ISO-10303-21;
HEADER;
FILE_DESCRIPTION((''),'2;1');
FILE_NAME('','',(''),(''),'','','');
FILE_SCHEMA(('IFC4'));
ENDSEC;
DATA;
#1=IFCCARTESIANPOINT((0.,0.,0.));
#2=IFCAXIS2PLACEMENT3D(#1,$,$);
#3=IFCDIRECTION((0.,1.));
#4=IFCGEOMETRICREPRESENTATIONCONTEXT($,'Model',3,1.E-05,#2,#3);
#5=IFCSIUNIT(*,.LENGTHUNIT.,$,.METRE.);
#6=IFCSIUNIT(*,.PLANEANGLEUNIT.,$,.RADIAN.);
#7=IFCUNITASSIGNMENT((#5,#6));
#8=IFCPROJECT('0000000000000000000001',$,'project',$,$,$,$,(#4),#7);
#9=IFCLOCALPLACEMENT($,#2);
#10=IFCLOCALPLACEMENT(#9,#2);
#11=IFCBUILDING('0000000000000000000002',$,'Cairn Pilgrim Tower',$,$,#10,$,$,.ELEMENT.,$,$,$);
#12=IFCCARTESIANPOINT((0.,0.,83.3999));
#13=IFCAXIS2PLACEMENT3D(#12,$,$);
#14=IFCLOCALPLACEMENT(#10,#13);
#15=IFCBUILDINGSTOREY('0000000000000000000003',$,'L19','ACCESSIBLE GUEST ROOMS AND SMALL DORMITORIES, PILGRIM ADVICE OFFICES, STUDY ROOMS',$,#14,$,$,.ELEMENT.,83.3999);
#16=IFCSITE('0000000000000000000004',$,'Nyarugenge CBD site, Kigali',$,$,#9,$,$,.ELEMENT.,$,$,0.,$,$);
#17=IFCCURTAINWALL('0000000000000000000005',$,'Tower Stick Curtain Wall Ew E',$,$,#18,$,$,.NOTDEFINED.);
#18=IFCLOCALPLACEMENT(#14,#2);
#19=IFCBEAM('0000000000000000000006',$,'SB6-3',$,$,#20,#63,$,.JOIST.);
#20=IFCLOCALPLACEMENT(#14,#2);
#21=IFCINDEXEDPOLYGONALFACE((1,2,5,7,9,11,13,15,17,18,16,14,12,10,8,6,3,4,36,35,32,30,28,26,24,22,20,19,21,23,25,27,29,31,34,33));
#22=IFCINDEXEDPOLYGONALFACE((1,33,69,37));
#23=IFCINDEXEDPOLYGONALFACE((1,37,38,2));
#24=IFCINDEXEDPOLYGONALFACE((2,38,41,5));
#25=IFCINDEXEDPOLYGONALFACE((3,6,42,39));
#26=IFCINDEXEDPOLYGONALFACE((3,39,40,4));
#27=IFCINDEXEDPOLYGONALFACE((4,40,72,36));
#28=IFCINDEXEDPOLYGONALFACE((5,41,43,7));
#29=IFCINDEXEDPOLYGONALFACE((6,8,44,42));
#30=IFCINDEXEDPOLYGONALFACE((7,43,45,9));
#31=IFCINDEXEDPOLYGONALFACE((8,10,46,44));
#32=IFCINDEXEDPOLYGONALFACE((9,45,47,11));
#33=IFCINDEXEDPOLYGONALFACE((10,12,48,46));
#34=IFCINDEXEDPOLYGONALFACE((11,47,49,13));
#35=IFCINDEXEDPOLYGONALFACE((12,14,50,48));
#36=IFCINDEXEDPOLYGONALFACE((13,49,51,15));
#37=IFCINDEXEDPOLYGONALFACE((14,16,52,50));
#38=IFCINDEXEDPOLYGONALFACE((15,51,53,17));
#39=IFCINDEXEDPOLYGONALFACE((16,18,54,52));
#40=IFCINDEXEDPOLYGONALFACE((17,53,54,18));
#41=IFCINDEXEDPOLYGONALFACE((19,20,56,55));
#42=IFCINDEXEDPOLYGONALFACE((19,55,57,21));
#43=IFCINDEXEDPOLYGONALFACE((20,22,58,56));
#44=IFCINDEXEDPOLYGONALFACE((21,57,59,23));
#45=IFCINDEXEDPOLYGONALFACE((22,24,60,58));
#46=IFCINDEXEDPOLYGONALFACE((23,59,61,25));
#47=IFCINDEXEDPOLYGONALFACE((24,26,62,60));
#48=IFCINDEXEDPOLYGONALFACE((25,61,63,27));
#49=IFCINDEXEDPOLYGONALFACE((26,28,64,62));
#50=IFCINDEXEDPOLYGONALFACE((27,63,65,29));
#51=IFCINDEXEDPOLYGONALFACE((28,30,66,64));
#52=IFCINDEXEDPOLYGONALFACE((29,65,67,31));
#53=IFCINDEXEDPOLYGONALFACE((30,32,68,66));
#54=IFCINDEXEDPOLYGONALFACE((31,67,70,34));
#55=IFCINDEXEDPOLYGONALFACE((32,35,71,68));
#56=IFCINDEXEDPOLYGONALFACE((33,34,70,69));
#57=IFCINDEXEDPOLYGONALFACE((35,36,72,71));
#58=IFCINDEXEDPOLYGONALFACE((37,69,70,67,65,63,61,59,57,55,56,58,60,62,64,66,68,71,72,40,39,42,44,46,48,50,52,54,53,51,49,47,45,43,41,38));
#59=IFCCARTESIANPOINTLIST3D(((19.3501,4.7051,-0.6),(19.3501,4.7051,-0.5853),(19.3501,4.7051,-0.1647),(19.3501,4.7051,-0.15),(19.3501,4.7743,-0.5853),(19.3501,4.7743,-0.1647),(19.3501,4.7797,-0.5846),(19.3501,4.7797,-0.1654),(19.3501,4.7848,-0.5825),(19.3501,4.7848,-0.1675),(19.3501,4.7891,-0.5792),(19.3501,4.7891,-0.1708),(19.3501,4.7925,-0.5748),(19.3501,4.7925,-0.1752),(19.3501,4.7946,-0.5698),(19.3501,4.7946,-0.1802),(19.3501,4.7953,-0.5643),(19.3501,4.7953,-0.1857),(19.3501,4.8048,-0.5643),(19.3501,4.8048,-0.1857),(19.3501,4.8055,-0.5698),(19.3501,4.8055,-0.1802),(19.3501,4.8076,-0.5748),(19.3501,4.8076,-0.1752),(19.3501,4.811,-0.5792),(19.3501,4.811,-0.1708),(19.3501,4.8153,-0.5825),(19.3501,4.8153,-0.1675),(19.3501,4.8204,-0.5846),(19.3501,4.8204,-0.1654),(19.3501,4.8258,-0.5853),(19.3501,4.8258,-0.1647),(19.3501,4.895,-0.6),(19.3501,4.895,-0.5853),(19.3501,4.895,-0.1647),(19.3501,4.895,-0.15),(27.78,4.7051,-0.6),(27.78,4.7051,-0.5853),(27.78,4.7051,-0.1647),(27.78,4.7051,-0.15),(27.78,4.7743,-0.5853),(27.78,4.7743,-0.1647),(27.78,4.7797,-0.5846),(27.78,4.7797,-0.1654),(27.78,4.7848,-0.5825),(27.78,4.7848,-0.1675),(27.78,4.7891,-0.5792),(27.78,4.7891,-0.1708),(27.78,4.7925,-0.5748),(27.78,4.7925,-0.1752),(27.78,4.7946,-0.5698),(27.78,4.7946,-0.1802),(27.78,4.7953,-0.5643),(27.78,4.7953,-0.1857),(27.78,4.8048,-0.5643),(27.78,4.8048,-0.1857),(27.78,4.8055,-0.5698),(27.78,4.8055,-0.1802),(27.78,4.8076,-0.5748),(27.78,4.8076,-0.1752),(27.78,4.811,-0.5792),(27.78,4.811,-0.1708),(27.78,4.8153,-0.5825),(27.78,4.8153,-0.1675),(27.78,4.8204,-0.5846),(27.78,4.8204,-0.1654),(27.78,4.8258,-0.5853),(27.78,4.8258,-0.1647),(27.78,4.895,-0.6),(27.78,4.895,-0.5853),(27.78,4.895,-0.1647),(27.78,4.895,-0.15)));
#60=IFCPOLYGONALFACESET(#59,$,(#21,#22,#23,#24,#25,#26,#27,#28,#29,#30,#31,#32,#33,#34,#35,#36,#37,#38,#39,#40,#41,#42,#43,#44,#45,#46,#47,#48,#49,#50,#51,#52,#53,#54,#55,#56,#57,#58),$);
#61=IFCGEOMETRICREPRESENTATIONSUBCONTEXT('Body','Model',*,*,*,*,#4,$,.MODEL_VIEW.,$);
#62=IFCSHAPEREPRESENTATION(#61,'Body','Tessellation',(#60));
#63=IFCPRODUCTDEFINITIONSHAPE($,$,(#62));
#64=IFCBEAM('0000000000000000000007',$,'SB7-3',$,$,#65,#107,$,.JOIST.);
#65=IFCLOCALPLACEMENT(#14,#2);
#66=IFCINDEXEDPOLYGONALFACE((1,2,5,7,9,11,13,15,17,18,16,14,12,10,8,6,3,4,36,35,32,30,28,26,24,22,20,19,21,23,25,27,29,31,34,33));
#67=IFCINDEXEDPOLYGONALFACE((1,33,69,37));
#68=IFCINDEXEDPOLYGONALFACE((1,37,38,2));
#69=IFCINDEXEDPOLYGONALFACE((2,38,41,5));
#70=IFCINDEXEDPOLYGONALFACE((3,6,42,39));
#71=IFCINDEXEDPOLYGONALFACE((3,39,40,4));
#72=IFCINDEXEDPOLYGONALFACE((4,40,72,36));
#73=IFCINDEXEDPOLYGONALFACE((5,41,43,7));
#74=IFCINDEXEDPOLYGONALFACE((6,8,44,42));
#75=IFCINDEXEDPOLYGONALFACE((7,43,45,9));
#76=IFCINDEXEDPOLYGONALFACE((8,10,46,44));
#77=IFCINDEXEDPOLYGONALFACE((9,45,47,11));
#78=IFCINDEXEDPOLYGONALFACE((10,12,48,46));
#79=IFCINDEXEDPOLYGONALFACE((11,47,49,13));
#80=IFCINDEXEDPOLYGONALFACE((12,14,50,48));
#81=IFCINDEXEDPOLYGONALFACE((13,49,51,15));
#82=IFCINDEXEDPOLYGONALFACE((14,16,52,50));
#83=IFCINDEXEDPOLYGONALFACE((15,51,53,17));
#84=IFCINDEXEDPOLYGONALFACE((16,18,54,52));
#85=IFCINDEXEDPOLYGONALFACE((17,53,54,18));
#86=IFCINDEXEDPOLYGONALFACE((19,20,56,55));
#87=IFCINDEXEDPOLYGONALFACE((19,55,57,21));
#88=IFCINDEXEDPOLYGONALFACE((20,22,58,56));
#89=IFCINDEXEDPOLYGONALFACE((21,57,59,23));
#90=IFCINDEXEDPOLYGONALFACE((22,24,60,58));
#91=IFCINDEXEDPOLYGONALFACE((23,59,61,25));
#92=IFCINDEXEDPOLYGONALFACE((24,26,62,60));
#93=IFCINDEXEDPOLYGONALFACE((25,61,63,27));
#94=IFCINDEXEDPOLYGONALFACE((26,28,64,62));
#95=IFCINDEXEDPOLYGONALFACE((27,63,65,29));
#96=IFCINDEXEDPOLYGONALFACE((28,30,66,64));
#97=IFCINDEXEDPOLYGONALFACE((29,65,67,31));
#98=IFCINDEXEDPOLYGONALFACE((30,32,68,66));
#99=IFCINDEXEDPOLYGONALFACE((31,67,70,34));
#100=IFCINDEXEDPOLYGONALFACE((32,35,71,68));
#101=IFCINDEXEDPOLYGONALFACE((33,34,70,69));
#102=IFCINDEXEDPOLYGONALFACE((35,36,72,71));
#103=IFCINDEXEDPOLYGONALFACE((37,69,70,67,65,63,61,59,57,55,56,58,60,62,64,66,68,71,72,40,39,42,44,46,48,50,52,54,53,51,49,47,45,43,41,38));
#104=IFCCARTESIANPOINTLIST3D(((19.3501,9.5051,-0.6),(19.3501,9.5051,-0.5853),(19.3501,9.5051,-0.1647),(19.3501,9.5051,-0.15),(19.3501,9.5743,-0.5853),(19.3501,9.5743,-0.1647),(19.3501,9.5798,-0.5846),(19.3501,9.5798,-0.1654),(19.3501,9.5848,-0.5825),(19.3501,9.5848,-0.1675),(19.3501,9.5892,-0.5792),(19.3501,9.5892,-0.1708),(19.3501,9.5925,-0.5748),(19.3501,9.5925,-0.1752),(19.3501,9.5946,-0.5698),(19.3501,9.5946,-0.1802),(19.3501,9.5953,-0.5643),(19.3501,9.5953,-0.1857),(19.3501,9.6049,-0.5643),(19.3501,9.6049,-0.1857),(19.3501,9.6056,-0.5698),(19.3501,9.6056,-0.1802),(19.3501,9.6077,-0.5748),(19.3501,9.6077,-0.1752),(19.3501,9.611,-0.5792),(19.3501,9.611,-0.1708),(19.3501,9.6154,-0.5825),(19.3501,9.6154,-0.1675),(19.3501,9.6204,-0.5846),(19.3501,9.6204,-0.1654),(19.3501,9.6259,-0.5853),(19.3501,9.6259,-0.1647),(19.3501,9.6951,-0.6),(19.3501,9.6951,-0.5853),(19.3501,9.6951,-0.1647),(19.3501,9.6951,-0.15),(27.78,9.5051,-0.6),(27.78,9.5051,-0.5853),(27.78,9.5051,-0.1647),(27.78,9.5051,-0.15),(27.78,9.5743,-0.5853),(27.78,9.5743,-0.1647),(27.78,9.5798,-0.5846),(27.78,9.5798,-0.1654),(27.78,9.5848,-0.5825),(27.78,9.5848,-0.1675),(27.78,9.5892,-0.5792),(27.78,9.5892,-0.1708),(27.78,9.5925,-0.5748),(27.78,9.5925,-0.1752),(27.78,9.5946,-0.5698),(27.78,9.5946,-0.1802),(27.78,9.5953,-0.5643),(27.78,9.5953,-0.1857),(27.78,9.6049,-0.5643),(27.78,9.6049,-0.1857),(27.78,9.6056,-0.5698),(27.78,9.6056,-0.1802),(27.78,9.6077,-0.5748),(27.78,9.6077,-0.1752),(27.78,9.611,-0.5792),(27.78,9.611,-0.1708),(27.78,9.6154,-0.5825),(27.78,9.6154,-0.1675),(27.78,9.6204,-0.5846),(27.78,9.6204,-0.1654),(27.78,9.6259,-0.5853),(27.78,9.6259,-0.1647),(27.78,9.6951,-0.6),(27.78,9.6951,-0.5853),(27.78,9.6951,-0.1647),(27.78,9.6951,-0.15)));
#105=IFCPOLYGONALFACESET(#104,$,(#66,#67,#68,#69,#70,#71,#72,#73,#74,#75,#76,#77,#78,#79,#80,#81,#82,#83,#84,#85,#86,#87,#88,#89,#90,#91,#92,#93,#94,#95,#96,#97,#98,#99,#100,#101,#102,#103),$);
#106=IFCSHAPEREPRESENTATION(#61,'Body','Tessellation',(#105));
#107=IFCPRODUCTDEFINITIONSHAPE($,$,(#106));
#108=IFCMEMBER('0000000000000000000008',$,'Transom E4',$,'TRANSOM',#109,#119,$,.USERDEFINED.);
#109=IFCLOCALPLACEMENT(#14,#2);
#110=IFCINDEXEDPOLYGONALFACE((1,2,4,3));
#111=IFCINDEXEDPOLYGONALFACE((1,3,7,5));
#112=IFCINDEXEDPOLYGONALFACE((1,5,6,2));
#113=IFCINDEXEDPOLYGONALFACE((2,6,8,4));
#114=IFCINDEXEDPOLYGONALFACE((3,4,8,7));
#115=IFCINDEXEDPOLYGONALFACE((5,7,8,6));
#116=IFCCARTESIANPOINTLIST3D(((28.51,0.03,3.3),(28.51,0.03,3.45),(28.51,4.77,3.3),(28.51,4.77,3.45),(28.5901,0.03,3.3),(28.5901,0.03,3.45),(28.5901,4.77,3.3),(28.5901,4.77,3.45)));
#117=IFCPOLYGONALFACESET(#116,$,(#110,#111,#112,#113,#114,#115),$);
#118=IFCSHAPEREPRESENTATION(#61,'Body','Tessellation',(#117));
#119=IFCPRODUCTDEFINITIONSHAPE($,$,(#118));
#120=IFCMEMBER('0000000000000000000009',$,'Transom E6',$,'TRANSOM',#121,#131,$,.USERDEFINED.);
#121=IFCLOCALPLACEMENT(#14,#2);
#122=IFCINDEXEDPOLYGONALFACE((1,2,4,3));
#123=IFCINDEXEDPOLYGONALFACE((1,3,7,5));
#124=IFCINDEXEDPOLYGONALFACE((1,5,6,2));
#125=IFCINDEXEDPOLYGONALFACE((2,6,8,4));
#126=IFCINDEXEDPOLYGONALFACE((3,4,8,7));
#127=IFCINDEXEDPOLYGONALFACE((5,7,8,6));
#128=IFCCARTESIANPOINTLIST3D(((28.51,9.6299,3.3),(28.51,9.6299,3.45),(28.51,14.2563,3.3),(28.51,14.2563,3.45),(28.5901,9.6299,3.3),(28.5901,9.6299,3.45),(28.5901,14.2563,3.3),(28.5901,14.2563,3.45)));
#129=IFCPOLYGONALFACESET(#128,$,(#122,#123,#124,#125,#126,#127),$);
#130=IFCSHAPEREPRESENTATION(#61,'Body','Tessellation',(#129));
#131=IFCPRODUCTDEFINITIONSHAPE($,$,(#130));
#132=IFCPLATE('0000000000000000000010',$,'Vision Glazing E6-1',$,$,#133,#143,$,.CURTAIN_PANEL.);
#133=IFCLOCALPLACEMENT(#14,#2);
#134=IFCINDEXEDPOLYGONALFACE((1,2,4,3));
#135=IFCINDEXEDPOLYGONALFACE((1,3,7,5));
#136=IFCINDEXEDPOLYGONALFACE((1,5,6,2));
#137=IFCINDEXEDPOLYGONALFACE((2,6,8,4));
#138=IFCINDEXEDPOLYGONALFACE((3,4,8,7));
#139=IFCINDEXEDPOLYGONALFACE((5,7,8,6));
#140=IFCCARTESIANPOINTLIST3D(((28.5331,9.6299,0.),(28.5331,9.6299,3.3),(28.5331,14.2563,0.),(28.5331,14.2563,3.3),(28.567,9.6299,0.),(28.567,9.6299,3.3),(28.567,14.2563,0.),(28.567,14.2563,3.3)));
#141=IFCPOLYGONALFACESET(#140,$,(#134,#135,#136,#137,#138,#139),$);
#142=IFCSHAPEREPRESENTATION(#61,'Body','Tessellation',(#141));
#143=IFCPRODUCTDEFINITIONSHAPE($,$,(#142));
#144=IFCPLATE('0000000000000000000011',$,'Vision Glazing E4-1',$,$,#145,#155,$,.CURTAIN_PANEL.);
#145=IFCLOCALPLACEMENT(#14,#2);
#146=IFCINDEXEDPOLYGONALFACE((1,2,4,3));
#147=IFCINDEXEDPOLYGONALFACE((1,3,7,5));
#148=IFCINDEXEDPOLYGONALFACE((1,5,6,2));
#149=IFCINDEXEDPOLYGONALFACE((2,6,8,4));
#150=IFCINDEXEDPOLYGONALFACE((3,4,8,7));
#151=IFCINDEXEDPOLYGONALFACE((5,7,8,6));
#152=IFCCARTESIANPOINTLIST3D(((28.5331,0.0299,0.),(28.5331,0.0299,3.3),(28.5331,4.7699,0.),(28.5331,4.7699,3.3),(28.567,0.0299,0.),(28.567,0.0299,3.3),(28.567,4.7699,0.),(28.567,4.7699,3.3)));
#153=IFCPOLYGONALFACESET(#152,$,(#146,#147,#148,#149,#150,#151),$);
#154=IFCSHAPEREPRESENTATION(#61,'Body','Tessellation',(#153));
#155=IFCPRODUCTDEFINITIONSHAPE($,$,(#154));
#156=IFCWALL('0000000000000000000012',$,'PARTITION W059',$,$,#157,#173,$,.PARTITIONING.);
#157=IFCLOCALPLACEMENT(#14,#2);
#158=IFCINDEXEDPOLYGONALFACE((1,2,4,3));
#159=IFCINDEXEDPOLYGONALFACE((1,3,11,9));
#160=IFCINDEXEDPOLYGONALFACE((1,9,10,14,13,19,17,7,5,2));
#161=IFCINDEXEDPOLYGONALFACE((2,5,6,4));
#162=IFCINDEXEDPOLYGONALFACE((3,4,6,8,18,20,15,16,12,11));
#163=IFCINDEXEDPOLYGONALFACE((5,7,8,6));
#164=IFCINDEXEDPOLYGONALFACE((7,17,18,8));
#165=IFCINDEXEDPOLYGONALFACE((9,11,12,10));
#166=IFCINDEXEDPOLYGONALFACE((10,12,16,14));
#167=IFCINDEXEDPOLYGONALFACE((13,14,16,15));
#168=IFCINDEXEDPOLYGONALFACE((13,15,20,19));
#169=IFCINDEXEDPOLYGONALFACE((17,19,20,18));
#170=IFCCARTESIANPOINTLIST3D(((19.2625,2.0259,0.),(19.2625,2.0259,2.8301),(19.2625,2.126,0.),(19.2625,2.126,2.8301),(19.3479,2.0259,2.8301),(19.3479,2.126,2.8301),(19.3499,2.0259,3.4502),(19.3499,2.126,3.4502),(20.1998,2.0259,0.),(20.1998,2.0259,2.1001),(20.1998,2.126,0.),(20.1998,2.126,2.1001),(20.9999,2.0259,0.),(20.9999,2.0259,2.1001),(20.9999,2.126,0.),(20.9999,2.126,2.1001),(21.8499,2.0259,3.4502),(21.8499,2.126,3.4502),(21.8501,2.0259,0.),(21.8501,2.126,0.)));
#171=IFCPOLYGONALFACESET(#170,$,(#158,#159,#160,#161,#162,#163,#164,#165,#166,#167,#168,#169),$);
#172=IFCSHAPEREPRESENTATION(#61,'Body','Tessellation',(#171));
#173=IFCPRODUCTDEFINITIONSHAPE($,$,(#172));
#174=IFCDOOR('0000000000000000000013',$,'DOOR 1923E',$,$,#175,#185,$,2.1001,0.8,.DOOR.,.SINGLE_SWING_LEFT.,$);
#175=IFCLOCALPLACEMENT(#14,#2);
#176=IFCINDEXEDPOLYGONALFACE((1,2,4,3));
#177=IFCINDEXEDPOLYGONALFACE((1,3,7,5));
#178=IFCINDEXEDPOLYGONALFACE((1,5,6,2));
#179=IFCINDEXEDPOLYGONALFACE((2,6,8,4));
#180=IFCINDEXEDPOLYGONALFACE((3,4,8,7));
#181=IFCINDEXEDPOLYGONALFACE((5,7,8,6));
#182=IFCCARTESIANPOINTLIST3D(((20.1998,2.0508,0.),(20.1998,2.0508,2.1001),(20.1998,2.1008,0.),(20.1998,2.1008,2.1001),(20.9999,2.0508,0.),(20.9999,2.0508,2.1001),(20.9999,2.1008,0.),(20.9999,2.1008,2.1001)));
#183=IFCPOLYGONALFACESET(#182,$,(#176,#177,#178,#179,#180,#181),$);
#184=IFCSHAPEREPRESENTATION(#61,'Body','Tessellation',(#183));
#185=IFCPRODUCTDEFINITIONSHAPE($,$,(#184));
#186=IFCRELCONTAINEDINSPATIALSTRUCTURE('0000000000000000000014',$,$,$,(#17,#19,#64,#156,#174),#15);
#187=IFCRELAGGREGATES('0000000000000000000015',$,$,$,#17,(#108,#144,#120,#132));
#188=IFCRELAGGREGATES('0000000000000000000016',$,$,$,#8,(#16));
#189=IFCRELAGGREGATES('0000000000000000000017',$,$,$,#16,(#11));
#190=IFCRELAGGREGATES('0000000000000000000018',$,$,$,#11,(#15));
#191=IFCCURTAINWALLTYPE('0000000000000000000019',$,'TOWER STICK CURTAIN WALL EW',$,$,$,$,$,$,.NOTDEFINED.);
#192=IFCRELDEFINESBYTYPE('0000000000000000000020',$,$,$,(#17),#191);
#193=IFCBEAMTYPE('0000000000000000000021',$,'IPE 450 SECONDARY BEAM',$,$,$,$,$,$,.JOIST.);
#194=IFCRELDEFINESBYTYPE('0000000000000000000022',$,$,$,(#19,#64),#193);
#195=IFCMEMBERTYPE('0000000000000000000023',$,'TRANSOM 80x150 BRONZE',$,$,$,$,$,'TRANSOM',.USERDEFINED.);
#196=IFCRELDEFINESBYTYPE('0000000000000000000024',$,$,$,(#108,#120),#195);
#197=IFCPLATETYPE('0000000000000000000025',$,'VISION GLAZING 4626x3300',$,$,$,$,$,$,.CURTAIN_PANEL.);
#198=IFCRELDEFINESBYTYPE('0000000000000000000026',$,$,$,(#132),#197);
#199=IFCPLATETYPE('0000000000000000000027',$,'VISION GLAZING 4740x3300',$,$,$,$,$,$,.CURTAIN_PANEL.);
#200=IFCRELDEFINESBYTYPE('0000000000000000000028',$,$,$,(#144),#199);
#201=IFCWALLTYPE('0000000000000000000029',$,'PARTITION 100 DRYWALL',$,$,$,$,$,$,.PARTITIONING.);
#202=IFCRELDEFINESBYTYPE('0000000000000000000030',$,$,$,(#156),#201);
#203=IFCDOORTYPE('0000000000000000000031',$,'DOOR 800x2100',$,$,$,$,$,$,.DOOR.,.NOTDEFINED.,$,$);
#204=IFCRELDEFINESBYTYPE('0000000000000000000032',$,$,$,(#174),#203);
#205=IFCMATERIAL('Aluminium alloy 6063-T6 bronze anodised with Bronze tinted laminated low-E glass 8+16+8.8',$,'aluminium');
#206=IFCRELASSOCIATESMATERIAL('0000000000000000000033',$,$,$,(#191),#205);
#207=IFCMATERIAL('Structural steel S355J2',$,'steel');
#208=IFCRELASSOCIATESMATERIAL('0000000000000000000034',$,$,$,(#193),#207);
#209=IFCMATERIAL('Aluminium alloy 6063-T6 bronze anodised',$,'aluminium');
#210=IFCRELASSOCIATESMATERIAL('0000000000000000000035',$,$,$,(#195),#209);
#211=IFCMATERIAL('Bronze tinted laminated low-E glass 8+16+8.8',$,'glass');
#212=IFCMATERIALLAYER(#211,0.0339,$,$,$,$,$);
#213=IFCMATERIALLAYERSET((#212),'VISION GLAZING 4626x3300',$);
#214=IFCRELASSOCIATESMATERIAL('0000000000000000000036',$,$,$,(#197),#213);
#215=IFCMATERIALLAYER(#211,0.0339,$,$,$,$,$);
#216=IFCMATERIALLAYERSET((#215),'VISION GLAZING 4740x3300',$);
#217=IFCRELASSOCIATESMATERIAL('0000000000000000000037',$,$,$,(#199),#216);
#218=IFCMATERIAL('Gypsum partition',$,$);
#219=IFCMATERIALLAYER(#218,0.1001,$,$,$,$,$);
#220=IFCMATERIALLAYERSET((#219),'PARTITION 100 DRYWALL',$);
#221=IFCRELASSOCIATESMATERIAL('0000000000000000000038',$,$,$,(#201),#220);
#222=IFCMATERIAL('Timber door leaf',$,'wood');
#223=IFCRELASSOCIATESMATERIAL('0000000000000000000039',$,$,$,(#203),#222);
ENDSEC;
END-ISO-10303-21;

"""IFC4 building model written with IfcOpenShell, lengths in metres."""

from ifc_helpers import new_model, si_unit, direction, frame, frame_2d, origin, origin_2d, place, context, subcontext, project, spatial, polyline, rectangle, i_section, outline, extrude, material, layer, layer_set, material_profile, profile_set, type_object, element, fill, aggregate, save


model = new_model("IFC4")

# Units and contexts
model_context = context("Model", 3, precision=1e-05, world=origin(), true_north=direction((0.0, 1.0)))
body_context = subcontext(model_context, "Body", "Model", "MODEL_VIEW")
ifc_project = project(units=[si_unit("LENGTHUNIT", "METRE"), si_unit("PLANEANGLEUNIT", "RADIAN")], contexts=[model_context])

# Site, building, storey
site_placement = place(None, origin())
site = spatial("IfcSite", under=ifc_project, at=site_placement, Name="Nyarugenge CBD site, Kigali", CompositionType="ELEMENT", RefElevation=0.0)
building_placement = place(site_placement, origin())
building = spatial("IfcBuilding", under=site, at=building_placement, Name="Cairn Pilgrim Tower", CompositionType="ELEMENT")
storey_placement = place(building_placement, frame((0.0, 0.0, 83.3999)))
storey = spatial("IfcBuildingStorey", under=building, at=storey_placement, Name="L19", Description="ACCESSIBLE GUEST ROOMS AND SMALL DORMITORIES, PILGRIM ADVICE OFFICES, STUDY ROOMS", CompositionType="ELEMENT", Elevation=83.3999)

# Curtain wall
ifc_material_1 = material(Name="Aluminium alloy 6063-T6 bronze anodised with Bronze tinted laminated low-E glass 8+16+8.8", Category="aluminium")
curtain_wall_type = type_object("IfcCurtainWallType", Name="TOWER STICK CURTAIN WALL EW", PredefinedType="NOTDEFINED", material=ifc_material_1)
curtain_wall_placement = place(storey_placement, origin())
curtain_wall = element("IfcCurtainWall", 1, at=curtain_wall_placement, inside=storey, type_object=curtain_wall_type, Name="Tower Stick Curtain Wall Ew E", PredefinedType="NOTDEFINED")
ifc_material_2 = material(Name="Aluminium alloy 6063-T6 bronze anodised", Category="aluminium")

# Beams
ifc_material_3 = material(Name="Structural steel S355J2", Category="steel")
ifc_material_profile_1 = material_profile(ifc_material_3, i_section(OverallWidth=0.1899, OverallDepth=0.45, WebThickness=0.0095, FlangeThickness=0.0146, FilletRadius=0.021, at=origin_2d()), Name="IPE 450")
ifc_profile_set_1 = profile_set([ifc_material_profile_1], Name="Structural steel S355J2")
beam_type_1 = type_object("IfcBeamType", Name="IPE 450 SECONDARY BEAM", PredefinedType="JOIST", material=ifc_profile_set_1)
for number, where, z_axis, x_axis, name in (
    (2, (19.3501, 4.8, -0.375), (1.0, 0.0, 0.0), (0.0, 1.0, 0.0), "SB6-3"),
    (3, (19.3501, 9.6001, -0.375), (1.0, 0.0, 0.0), (0.0, 1.0, 0.0), "SB7-3"),
):
    element("IfcBeam", number, at=place(storey_placement, frame(where, z_axis=z_axis, x_axis=x_axis)), inside=storey, type_object=beam_type_1, Name=name, PredefinedType="JOIST", context=body_context, shape_type="SweptSolid", body=[
        extrude(i_section(OverallWidth=0.1899, OverallDepth=0.45, WebThickness=0.0095, FlangeThickness=0.0146, FilletRadius=0.021, at=origin_2d()), origin(), (0.0, 0.0, 1.0), 8.4299),
    ])

# Members
ifc_material_profile_2 = material_profile(ifc_material_2, rectangle(XDim=0.0801, YDim=0.1499, at=origin_2d()), Name="TRANSOM 80x150 BRONZE")
ifc_profile_set_2 = profile_set([ifc_material_profile_2], Name="Aluminium alloy 6063-T6 bronze anodised")
member_type_1 = type_object("IfcMemberType", Name="TRANSOM 80x150 BRONZE", ElementType="TRANSOM", PredefinedType="USERDEFINED", material=ifc_profile_set_2)
member_1_placement = place(storey_placement, frame((28.55, 0.03, 3.375), z_axis=(0.0, 1.0, 0.0), x_axis=(-1.0, 0.0, 0.0)))
member_1 = element("IfcMember", 4, at=member_1_placement, type_object=member_type_1, Name="Transom E4", ObjectType="TRANSOM", PredefinedType="USERDEFINED", context=body_context, shape_type="SweptSolid", body=[
    extrude(rectangle(XDim=0.0801, YDim=0.1499, at=origin_2d()), origin(), (0.0, 0.0, 1.0), 4.74),
])
member_2_placement = place(storey_placement, frame((28.55, 9.6299, 3.375), z_axis=(0.0, 1.0, 0.0), x_axis=(-1.0, 0.0, 0.0)))
member_2 = element("IfcMember", 5, at=member_2_placement, type_object=member_type_1, Name="Transom E6", ObjectType="TRANSOM", PredefinedType="USERDEFINED", context=body_context, shape_type="SweptSolid", body=[
    extrude(rectangle(XDim=0.0801, YDim=0.1499, at=origin_2d()), origin(), (0.0, 0.0, 1.0), 4.6265),
])

# Plates
ifc_material_4 = material(Name="Bronze tinted laminated low-E glass 8+16+8.8", Category="glass")
ifc_layer_1 = layer(ifc_material_4, 0.0339)
ifc_layer_set_1 = layer_set([ifc_layer_1], Name="VISION GLAZING 4626x3300")
plate_type_1 = type_object("IfcPlateType", Name="VISION GLAZING 4626x3300", PredefinedType="CURTAIN_PANEL", material=ifc_layer_set_1)
plate_1_placement = place(storey_placement, frame((28.55, 11.9431, 0.0), z_axis=(0.0, 0.0, 1.0), x_axis=(0.0, 1.0, 0.0)))
plate_1 = element("IfcPlate", 6, at=plate_1_placement, type_object=plate_type_1, Name="Vision Glazing E6-1", PredefinedType="CURTAIN_PANEL", context=body_context, shape_type="SweptSolid", body=[
    extrude(rectangle(XDim=4.6265, YDim=0.0339, at=origin_2d()), origin(), (0.0, 0.0, 1.0), 3.3),
])
ifc_layer_2 = layer(ifc_material_4, 0.0339)
ifc_layer_set_2 = layer_set([ifc_layer_2], Name="VISION GLAZING 4740x3300")
plate_type_2 = type_object("IfcPlateType", Name="VISION GLAZING 4740x3300", PredefinedType="CURTAIN_PANEL", material=ifc_layer_set_2)
plate_2_placement = place(storey_placement, frame((28.55, 2.3999, 0.0), z_axis=(0.0, 0.0, 1.0), x_axis=(0.0, 1.0, 0.0)))
plate_2 = element("IfcPlate", 7, at=plate_2_placement, type_object=plate_type_2, Name="Vision Glazing E4-1", PredefinedType="CURTAIN_PANEL", context=body_context, shape_type="SweptSolid", body=[
    extrude(rectangle(XDim=4.74, YDim=0.0339, at=origin_2d()), origin(), (0.0, 0.0, 1.0), 3.3),
])
aggregate(curtain_wall, [member_1, plate_2, member_2, plate_1])

# Wall, opening, door
ifc_material_5 = material(Name="Gypsum partition")
ifc_layer_3 = layer(ifc_material_5, 0.1001)
ifc_layer_set_3 = layer_set([ifc_layer_3], Name="PARTITION 100 DRYWALL")
wall_type_1 = type_object("IfcWallType", Name="PARTITION 100 DRYWALL", PredefinedType="PARTITIONING", material=ifc_layer_set_3)
wall_1_placement = place(storey_placement, frame((19.2625, 2.0759, 0.0), z_axis=(0.0, 0.0, 1.0), x_axis=(1.0, 0.0, 0.0)))
wall_1 = element("IfcWall", 8, at=wall_1_placement, inside=storey, type_object=wall_type_1, Name="PARTITION W059", PredefinedType="PARTITIONING", context=body_context, shape_type="SweptSolid", body=[
    extrude(outline(polyline([(0.0, 0.0), (2.5876, 0.0), (2.5874, 3.4502), (0.0874, 3.4502), (0.0854, 2.8301), (0.0, 2.8301), (0.0, 0.0)])), frame((0.0, 0.05, 0.0), z_axis=(0.0, -1.0, 0.0), x_axis=(1.0, 0.0, 0.0)), (0.0, 0.0, 1.0), 0.1001),
])
opening_1_placement = place(wall_1_placement, frame((0.9375, 0.0, 0.0)))
opening_1 = element("IfcOpeningElement", 9, at=opening_1_placement, cuts=wall_1, PredefinedType="OPENING", context=body_context, shape_type="SweptSolid", body=[
    extrude(rectangle(XDim=0.8, YDim=2.1001, at=frame_2d((0.3999, 1.05))), frame((0.0, 0.0601, 0.0), z_axis=(0.0, -1.0, 0.0), x_axis=(1.0, 0.0, 0.0)), (0.0, 0.0, 1.0), 0.1201),
])
ifc_material_6 = material(Name="Timber door leaf", Category="wood")
door_type_1 = type_object("IfcDoorType", Name="DOOR 800x2100", OperationType="NOTDEFINED", PredefinedType="DOOR", material=ifc_material_6)
door_1_placement = place(opening_1_placement, origin())
door_1 = element("IfcDoor", 10, at=door_1_placement, inside=storey, type_object=door_type_1, Name="DOOR 1923E", OperationType="SINGLE_SWING_LEFT", OverallHeight=2.1001, OverallWidth=0.8, PredefinedType="DOOR", context=body_context, shape_type="SweptSolid", body=[
    extrude(rectangle(XDim=0.8, YDim=2.1001, at=frame_2d((0.3999, 1.05))), frame((0.0, 0.0249, 0.0), z_axis=(0.0, -1.0, 0.0), x_axis=(1.0, 0.0, 0.0)), (0.0, 0.0, 1.0), 0.05),
])
fill(opening_1, door_1)

save(model, "model.ifc")
